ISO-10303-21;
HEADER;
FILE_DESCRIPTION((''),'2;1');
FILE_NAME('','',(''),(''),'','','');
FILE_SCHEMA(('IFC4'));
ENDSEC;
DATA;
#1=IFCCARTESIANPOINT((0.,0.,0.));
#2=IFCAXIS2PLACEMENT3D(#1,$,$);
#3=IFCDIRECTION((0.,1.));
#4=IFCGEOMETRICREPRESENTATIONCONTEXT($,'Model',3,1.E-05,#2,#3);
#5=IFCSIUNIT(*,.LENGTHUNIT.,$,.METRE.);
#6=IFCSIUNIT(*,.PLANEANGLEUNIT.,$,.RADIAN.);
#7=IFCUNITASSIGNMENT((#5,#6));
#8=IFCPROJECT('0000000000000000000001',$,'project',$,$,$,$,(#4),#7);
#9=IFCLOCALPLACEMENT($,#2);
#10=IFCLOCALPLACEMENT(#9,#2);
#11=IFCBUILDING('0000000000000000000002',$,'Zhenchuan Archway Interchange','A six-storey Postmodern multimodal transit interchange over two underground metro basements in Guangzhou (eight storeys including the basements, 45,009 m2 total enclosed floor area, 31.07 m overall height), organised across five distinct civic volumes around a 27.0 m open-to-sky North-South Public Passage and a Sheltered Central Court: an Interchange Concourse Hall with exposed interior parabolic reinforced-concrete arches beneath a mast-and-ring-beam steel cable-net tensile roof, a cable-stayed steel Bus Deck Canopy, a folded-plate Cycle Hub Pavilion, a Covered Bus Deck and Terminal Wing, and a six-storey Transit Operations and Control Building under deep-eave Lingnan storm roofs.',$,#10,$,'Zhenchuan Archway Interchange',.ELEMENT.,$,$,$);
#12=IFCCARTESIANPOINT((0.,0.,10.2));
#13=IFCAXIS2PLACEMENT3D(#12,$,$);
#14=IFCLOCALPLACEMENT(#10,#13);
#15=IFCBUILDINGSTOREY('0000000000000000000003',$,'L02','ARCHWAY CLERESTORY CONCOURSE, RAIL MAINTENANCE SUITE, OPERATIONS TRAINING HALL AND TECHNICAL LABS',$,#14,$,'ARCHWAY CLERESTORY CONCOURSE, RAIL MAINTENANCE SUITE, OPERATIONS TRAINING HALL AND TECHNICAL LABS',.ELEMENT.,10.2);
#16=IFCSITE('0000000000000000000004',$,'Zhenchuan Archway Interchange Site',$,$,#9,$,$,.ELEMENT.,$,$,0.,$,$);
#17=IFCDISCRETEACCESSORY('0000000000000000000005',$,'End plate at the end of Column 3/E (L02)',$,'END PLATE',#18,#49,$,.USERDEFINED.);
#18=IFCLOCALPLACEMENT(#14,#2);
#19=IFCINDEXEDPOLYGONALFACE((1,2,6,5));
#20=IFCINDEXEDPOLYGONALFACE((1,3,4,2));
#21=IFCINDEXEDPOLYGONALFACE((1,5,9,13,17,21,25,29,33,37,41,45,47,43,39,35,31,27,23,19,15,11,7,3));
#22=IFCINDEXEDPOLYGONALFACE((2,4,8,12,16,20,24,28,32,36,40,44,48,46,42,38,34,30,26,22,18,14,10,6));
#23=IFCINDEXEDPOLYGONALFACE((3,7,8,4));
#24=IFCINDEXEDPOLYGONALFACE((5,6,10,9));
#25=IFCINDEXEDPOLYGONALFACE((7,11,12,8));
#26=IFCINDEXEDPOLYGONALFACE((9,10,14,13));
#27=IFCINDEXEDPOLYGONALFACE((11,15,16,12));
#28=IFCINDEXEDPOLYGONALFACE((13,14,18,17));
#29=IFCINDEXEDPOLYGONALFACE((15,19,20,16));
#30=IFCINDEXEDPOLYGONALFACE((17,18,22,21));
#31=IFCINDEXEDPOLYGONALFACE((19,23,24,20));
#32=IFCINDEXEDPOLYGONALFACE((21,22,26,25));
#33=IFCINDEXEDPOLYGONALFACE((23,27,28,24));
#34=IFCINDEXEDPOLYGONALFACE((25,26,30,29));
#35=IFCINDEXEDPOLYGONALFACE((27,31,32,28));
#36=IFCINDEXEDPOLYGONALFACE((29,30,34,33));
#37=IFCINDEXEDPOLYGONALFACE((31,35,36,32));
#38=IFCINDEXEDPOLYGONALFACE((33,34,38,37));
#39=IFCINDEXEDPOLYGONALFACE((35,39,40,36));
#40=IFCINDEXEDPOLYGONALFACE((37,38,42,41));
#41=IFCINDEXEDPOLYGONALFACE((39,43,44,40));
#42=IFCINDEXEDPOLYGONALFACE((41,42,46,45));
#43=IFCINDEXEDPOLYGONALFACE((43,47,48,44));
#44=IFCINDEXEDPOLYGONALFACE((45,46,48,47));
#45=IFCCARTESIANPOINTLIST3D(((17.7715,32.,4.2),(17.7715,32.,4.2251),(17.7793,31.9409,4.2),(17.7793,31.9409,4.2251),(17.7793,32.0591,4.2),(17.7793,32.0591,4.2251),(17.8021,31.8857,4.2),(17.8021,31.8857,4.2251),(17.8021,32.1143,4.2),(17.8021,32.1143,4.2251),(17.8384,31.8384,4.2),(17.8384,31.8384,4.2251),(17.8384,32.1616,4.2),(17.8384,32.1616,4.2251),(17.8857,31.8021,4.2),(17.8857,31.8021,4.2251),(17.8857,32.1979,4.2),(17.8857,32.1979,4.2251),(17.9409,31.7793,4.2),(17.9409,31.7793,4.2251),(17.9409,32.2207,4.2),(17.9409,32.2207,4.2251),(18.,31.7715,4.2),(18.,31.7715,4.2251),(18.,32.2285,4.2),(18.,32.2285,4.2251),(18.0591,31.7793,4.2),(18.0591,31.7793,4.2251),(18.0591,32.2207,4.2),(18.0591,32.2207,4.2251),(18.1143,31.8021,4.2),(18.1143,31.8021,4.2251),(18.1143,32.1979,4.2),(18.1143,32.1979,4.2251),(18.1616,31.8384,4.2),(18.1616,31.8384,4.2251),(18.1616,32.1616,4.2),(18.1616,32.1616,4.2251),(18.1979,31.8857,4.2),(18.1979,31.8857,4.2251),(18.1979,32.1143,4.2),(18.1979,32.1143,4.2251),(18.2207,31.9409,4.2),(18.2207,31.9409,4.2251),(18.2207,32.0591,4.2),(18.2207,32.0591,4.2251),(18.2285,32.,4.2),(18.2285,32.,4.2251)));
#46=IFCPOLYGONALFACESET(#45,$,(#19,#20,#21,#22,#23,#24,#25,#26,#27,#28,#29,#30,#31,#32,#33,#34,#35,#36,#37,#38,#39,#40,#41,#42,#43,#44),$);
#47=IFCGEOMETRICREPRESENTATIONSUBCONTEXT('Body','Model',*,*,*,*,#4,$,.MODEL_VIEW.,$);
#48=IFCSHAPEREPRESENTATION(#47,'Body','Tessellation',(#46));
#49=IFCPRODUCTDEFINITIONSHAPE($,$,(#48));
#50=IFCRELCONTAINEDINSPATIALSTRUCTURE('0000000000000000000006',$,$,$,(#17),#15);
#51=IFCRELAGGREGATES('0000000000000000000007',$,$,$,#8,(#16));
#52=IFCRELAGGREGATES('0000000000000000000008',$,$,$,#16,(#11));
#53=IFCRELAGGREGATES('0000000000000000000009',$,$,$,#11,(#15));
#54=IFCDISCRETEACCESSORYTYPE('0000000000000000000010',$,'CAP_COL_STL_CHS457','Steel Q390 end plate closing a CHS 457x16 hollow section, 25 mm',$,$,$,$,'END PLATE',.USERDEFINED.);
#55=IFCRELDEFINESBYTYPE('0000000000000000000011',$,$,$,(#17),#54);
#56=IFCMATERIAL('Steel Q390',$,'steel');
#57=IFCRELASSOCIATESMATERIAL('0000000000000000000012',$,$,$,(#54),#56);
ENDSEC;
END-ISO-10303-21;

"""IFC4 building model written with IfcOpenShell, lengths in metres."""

from ifc_helpers import new_model, si_unit, direction, frame, origin, origin_2d, place, context, subcontext, project, spatial, circle, extrude, material, type_object, element, save


model = new_model("IFC4")

# Units and contexts
model_context = context("Model", 3, precision=1e-05, world=origin(), true_north=direction((0.0, 1.0)))
body_context = subcontext(model_context, "Body", "Model", "MODEL_VIEW")
ifc_project = project(units=[si_unit("LENGTHUNIT", "METRE"), si_unit("PLANEANGLEUNIT", "RADIAN")], contexts=[model_context])

# Site, building, storey
site_placement = place(None, origin())
site = spatial("IfcSite", under=ifc_project, at=site_placement, Name="Zhenchuan Archway Interchange Site", CompositionType="ELEMENT", RefElevation=0.0)
building_placement = place(site_placement, origin())
building = spatial("IfcBuilding", under=site, at=building_placement, Name="Zhenchuan Archway Interchange", Description="A six-storey Postmodern multimodal transit interchange over two underground metro basements in Guangzhou (eight storeys including the basements, 45,009 m2 total enclosed floor area, 31.07 m overall height), organised across five distinct civic volumes around a 27.0 m open-to-sky North-South Public Passage and a Sheltered Central Court: an Interchange Concourse Hall with exposed interior parabolic reinforced-concrete arches beneath a mast-and-ring-beam steel cable-net tensile roof, a cable-stayed steel Bus Deck Canopy, a folded-plate Cycle Hub Pavilion, a Covered Bus Deck and Terminal Wing, and a six-storey Transit Operations and Control Building under deep-eave Lingnan storm roofs.", LongName="Zhenchuan Archway Interchange", CompositionType="ELEMENT")
storey_placement = place(building_placement, frame((0.0, 0.0, 10.2)))
storey = spatial("IfcBuildingStorey", under=building, at=storey_placement, Name="L02", Description="ARCHWAY CLERESTORY CONCOURSE, RAIL MAINTENANCE SUITE, OPERATIONS TRAINING HALL AND TECHNICAL LABS", LongName="ARCHWAY CLERESTORY CONCOURSE, RAIL MAINTENANCE SUITE, OPERATIONS TRAINING HALL AND TECHNICAL LABS", CompositionType="ELEMENT", Elevation=10.2)

# Shared definitions
ifc_material_1 = material(Name="Steel Q390", Category="steel")

# Discrete accessory
discrete_accessory_type = type_object("IfcDiscreteAccessoryType", Name="CAP_COL_STL_CHS457", Description="Steel Q390 end plate closing a CHS 457x16 hollow section, 25 mm", ElementType="END PLATE", PredefinedType="USERDEFINED", material=ifc_material_1)
discrete_accessory_placement = place(storey_placement, frame((18.0, 32.0, 4.2), z_axis=(0.0, 0.0, 1.0), x_axis=(1.0, 0.0, 0.0)))
element("IfcDiscreteAccessory", 1, at=discrete_accessory_placement, inside=storey, type_object=discrete_accessory_type, Name="End plate at the end of Column 3/E (L02)", ObjectType="END PLATE", PredefinedType="USERDEFINED", context=body_context, shape_type="SweptSolid", body=[
    extrude(circle(Radius=0.2285, at=origin_2d()), origin(), (0.0, 0.0, 1.0), 0.0251),
])

save(model, "model.ifc")
